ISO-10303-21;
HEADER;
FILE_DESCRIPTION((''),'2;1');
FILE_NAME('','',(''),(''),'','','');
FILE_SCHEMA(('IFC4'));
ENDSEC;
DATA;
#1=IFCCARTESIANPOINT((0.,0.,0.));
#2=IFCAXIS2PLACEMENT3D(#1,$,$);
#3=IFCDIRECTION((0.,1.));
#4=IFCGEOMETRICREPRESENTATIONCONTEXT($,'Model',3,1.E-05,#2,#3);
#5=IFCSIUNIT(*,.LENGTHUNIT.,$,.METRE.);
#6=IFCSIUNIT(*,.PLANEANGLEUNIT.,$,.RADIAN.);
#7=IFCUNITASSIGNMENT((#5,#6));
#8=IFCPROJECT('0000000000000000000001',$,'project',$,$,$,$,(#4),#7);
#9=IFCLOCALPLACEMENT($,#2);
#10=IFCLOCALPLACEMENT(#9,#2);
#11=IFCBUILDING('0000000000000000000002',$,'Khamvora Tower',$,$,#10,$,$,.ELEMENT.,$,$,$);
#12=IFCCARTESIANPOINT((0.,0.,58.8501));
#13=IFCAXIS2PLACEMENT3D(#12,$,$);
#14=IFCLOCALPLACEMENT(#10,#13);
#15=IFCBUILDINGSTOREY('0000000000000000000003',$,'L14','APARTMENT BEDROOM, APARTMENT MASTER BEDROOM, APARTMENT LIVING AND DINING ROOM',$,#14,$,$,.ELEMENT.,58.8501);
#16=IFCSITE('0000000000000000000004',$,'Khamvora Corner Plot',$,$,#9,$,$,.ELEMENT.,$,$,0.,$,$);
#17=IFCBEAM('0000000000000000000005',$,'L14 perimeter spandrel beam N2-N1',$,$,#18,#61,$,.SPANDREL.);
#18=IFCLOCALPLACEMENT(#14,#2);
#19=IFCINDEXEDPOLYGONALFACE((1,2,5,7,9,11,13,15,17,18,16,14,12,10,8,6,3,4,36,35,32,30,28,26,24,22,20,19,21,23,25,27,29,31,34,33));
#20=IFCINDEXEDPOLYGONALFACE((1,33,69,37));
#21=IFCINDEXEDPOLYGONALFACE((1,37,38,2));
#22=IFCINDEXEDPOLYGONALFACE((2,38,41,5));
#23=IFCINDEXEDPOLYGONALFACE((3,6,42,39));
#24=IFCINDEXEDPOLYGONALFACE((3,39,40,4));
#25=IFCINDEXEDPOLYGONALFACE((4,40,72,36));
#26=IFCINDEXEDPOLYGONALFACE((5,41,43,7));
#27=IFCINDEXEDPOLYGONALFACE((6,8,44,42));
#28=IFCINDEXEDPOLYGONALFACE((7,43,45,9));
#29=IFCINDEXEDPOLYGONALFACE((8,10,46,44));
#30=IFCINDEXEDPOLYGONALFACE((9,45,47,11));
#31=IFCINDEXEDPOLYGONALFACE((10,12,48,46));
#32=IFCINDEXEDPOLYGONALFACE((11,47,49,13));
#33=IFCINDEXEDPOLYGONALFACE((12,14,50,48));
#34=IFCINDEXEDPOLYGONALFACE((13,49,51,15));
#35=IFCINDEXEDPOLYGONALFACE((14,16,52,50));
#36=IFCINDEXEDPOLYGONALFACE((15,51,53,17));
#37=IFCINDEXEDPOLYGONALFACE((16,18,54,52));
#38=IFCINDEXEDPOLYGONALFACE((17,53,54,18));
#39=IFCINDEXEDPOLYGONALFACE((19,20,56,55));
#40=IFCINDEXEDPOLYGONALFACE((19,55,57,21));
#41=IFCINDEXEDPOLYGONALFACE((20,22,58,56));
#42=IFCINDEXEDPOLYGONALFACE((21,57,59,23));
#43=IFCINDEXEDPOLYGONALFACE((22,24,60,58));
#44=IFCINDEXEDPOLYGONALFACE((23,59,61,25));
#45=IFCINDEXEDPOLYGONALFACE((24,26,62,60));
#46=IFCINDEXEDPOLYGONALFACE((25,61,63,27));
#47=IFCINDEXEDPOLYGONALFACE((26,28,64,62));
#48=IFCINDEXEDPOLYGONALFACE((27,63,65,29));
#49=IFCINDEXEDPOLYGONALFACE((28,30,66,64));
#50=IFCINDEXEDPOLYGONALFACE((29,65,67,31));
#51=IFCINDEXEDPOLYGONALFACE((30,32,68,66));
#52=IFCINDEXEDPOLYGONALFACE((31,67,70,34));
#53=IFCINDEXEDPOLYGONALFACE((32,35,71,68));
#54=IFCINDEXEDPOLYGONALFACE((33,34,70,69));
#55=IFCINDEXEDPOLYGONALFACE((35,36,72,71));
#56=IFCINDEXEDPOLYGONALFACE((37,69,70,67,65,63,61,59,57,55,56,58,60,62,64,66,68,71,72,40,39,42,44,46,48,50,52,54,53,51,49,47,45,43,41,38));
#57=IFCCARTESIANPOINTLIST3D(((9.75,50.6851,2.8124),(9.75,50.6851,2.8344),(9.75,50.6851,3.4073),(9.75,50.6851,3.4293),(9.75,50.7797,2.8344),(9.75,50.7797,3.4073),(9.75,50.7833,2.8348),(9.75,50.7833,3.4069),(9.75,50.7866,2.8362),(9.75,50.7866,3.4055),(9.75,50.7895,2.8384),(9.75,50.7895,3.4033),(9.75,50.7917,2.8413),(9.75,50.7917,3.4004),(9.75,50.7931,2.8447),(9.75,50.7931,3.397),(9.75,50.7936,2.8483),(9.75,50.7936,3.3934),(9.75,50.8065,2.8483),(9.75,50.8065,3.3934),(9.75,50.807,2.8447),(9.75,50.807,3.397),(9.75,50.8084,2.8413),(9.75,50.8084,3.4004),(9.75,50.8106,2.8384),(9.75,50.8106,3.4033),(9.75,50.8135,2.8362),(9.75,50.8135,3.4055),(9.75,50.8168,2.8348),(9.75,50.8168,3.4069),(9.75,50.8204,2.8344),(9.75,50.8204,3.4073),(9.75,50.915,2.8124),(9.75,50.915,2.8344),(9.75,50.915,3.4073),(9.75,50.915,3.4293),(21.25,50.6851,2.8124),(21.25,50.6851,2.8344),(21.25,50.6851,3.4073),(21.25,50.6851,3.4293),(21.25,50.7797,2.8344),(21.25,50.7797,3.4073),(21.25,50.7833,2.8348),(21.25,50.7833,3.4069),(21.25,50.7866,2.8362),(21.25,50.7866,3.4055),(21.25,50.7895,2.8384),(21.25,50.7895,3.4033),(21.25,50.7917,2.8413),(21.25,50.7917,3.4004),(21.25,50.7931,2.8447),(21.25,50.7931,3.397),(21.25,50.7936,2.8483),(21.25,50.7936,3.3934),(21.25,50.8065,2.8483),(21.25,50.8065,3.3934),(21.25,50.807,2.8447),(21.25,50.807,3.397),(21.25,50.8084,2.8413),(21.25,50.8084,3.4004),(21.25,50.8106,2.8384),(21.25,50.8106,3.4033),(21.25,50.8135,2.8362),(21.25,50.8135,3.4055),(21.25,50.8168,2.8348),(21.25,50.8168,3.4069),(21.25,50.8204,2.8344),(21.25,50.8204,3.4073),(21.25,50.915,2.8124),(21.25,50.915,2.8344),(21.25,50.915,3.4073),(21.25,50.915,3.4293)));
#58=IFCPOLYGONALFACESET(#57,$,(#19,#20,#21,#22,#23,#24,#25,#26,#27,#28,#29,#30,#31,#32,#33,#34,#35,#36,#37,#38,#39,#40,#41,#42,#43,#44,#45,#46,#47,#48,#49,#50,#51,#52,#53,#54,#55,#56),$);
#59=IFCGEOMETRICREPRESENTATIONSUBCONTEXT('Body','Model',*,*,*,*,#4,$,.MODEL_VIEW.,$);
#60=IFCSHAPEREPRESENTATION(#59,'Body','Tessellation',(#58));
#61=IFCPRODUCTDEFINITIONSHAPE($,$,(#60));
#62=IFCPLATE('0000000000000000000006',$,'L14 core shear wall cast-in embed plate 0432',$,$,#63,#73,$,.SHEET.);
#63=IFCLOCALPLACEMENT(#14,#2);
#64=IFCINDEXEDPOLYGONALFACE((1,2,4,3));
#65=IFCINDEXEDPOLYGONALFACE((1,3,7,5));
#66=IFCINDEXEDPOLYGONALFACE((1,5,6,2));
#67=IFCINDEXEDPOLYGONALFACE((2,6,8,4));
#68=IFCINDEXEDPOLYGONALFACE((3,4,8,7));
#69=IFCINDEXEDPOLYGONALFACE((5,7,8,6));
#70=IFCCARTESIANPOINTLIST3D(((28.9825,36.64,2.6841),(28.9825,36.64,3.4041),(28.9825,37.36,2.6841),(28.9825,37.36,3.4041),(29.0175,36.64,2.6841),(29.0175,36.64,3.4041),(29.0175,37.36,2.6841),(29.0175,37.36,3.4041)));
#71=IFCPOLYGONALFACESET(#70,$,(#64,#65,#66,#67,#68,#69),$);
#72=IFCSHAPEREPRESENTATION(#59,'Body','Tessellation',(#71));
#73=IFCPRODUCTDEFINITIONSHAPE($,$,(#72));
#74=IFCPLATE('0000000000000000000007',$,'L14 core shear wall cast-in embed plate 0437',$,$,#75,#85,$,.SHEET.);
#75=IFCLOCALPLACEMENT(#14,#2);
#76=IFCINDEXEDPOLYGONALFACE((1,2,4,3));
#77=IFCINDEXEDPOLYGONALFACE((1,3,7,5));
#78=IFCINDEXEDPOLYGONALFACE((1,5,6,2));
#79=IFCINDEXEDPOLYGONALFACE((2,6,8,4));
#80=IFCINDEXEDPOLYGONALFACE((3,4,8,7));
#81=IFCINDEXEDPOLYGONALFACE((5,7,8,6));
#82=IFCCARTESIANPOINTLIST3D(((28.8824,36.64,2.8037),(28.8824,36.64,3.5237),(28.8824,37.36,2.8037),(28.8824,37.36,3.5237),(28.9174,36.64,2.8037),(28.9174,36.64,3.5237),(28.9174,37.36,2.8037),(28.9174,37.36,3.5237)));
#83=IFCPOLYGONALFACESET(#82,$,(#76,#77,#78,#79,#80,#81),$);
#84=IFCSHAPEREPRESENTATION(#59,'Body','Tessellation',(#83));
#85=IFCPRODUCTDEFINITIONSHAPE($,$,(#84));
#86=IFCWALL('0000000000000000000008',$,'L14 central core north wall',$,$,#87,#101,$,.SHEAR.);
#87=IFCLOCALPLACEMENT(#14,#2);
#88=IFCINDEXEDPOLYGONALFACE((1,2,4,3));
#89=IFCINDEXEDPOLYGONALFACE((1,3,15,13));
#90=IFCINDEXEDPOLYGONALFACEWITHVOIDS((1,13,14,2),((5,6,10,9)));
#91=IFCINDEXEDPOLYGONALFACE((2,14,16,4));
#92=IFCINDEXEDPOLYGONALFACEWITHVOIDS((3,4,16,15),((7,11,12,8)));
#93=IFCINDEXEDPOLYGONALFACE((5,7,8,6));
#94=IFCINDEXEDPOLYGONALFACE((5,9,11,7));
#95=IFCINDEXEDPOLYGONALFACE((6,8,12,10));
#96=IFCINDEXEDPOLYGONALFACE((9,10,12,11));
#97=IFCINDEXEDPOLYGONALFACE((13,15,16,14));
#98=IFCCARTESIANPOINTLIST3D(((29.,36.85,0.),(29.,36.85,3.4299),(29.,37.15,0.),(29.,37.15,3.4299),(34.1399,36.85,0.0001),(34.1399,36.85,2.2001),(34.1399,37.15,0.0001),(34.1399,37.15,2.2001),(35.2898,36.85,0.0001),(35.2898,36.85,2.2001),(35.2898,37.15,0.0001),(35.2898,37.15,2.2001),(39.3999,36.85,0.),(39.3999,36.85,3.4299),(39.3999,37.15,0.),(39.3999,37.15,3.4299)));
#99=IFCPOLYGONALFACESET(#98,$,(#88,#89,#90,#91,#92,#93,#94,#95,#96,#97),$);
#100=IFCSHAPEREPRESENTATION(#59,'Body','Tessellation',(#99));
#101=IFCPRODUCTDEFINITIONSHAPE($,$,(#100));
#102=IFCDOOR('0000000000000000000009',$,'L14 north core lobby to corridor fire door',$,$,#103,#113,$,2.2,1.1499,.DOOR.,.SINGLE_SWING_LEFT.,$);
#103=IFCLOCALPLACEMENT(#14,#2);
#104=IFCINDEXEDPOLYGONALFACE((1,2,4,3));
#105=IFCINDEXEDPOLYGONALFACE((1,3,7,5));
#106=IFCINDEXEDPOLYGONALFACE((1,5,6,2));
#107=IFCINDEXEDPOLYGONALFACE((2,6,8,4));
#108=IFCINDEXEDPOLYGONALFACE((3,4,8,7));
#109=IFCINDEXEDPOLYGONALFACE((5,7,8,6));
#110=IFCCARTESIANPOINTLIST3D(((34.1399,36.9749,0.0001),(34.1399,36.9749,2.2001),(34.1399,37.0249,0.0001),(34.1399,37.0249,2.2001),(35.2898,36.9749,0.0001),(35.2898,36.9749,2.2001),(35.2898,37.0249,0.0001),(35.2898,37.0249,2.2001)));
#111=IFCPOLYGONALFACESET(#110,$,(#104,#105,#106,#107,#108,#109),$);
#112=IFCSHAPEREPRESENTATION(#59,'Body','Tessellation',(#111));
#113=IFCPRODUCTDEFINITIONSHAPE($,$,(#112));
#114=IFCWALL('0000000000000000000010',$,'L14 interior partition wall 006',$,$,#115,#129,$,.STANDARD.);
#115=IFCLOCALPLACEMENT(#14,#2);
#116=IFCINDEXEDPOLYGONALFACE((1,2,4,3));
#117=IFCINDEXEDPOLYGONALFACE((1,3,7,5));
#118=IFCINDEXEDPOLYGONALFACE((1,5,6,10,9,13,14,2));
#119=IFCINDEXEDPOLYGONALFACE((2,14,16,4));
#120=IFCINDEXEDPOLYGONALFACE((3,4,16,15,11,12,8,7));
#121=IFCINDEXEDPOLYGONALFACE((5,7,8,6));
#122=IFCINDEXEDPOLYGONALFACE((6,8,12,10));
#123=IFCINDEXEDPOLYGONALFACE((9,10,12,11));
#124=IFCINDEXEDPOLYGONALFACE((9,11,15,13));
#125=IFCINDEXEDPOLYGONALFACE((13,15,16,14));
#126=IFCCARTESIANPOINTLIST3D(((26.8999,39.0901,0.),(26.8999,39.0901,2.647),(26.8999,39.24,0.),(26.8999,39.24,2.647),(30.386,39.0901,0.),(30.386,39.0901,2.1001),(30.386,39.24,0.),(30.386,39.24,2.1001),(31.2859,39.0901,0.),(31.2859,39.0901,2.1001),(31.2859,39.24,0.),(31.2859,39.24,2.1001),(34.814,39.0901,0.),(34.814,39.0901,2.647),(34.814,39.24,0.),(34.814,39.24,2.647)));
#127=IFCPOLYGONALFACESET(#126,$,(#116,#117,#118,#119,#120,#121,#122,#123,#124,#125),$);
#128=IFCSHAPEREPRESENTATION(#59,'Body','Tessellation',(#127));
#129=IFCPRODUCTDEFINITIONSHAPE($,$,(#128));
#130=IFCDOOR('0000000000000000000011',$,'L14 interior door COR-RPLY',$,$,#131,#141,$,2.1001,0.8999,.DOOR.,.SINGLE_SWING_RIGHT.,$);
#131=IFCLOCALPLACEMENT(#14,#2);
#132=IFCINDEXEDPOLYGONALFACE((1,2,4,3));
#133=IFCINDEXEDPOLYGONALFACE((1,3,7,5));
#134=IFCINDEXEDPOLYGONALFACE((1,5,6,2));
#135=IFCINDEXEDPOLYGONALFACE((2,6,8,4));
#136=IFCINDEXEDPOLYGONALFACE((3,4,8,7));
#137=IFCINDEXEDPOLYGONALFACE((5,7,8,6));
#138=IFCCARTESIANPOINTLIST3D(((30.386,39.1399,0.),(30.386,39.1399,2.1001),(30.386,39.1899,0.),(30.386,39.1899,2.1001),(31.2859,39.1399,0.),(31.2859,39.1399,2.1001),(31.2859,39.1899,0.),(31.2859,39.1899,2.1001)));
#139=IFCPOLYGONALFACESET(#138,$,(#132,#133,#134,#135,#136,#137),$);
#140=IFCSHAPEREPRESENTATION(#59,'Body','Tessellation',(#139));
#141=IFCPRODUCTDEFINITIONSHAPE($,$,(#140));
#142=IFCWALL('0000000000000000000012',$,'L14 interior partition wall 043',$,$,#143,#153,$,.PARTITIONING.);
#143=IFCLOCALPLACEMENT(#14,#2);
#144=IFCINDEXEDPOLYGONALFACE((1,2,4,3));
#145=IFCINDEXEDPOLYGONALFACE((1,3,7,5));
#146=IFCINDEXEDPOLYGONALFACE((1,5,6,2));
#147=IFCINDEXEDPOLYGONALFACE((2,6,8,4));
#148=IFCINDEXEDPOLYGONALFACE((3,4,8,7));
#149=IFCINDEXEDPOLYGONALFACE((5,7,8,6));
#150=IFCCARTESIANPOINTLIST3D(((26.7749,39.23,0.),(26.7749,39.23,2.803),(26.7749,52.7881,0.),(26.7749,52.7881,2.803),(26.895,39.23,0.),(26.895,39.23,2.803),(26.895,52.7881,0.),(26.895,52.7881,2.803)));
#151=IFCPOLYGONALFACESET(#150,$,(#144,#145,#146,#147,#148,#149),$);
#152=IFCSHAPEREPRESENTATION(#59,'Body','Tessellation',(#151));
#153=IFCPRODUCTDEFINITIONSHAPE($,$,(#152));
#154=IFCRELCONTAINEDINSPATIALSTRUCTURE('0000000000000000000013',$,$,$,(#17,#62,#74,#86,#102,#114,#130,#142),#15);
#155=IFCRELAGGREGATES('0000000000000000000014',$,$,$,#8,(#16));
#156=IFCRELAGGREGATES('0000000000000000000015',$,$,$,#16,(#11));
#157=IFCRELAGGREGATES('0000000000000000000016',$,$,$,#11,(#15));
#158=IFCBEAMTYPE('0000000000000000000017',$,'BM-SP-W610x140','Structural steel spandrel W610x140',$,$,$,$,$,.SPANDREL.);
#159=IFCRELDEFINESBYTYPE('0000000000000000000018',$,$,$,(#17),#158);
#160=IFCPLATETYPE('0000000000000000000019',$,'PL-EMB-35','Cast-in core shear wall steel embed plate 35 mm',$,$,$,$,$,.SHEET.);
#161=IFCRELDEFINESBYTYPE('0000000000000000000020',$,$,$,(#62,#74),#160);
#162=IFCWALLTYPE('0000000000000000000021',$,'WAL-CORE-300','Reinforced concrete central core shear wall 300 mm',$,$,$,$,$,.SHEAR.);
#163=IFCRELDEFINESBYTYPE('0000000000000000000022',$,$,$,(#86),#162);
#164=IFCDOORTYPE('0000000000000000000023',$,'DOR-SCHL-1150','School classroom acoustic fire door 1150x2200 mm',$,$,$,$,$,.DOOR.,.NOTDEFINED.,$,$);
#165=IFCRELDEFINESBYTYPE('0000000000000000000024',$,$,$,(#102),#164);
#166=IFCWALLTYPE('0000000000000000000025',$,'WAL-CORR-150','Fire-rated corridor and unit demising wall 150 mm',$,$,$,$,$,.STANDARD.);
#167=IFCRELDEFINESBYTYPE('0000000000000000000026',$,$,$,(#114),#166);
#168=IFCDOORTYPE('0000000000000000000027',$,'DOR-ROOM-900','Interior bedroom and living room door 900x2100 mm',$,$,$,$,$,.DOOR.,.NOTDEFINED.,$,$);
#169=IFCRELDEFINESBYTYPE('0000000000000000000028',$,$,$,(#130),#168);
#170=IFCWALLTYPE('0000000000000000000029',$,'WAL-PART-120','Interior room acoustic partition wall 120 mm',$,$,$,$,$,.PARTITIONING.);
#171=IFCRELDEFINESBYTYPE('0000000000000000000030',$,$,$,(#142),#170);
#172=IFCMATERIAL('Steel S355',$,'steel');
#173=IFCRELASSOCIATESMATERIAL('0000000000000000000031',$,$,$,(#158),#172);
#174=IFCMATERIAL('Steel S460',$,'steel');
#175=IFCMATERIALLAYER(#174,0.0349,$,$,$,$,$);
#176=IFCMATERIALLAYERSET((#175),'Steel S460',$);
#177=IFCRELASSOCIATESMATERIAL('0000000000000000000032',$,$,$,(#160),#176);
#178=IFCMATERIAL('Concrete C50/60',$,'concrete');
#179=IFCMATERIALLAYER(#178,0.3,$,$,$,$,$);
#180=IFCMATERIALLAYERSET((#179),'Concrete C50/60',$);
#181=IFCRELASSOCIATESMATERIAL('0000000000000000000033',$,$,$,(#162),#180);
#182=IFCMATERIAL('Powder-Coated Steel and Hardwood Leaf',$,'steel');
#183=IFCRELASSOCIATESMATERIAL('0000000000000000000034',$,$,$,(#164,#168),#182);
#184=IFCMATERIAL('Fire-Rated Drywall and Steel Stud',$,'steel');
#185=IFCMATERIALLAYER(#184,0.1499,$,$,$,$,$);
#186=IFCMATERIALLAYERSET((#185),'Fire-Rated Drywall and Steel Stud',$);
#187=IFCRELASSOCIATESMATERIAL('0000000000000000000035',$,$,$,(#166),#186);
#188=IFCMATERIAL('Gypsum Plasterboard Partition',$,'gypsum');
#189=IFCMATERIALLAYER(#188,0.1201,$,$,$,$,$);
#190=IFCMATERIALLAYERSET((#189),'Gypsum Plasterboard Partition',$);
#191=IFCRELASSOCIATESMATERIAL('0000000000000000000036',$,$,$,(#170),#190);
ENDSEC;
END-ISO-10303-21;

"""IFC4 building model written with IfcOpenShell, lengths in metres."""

from ifc_helpers import new_model, si_unit, direction, frame, frame_2d, origin, origin_2d, place, context, subcontext, project, spatial, rectangle, i_section, extrude, material, layer, layer_set, material_profile, profile_set, type_object, element, fill, save


model = new_model("IFC4")

# Units and contexts
model_context = context("Model", 3, precision=1e-05, world=origin(), true_north=direction((0.0, 1.0)))
body_context = subcontext(model_context, "Body", "Model", "MODEL_VIEW")
ifc_project = project(units=[si_unit("LENGTHUNIT", "METRE"), si_unit("PLANEANGLEUNIT", "RADIAN")], contexts=[model_context])

# Site, building, storey
site_placement = place(None, origin())
site = spatial("IfcSite", under=ifc_project, at=site_placement, Name="Khamvora Corner Plot", CompositionType="ELEMENT", RefElevation=0.0)
building_placement = place(site_placement, origin())
building = spatial("IfcBuilding", under=site, at=building_placement, Name="Khamvora Tower", CompositionType="ELEMENT")
storey_placement = place(building_placement, frame((0.0, 0.0, 58.8501)))
storey = spatial("IfcBuildingStorey", under=building, at=storey_placement, Name="L14", Description="APARTMENT BEDROOM, APARTMENT MASTER BEDROOM, APARTMENT LIVING AND DINING ROOM", CompositionType="ELEMENT", Elevation=58.8501)

# Shared definitions
ifc_material_1 = material(Name="Steel S460", Category="steel")

# Beam
ifc_material_2 = material(Name="Steel S355", Category="steel")
ifc_material_profile_1 = material_profile(ifc_material_2, i_section(OverallWidth=0.23, OverallDepth=0.6169, WebThickness=0.0129, FlangeThickness=0.022, FilletRadius=0.0139, at=origin_2d()), Name="W610x140")
ifc_profile_set_1 = profile_set([ifc_material_profile_1], Name="Steel S355")
beam_type_1 = type_object("IfcBeamType", Name="BM-SP-W610x140", Description="Structural steel spandrel W610x140", PredefinedType="SPANDREL", material=ifc_profile_set_1)
beam_1_placement = place(storey_placement, frame((21.25, 50.8, 3.1208), z_axis=(-1.0, 0.0, 0.0), x_axis=(0.0, -1.0, 0.0)))
element("IfcBeam", 1, at=beam_1_placement, inside=storey, type_object=beam_type_1, Name="L14 perimeter spandrel beam N2-N1", PredefinedType="SPANDREL", context=body_context, shape_type="SweptSolid", body=[
    extrude(i_section(OverallWidth=0.23, OverallDepth=0.6169, WebThickness=0.0129, FlangeThickness=0.022, FilletRadius=0.0139, at=origin_2d()), origin(), (0.0, 0.0, 1.0), 11.5),
])

# Plates
ifc_layer_1 = layer(ifc_material_1, 0.0349)
ifc_layer_set_1 = layer_set([ifc_layer_1], Name="Steel S460")
plate_type = type_object("IfcPlateType", Name="PL-EMB-35", Description="Cast-in core shear wall steel embed plate 35 mm", PredefinedType="SHEET", material=ifc_layer_set_1)
for number, where, z_axis, x_axis, name in (
    (2, (29.0, 37.0, 2.6841), (0.0, 0.0, 1.0), (1.0, 0.0, 0.0), "L14 core shear wall cast-in embed plate 0432"),
    (3, (28.8999, 37.0, 2.8037), (0.0, 0.0, 1.0), (1.0, 0.0, 0.0), "L14 core shear wall cast-in embed plate 0437"),
):
    element("IfcPlate", number, at=place(storey_placement, frame(where, z_axis=z_axis, x_axis=x_axis)), inside=storey, type_object=plate_type, Name=name, PredefinedType="SHEET", context=body_context, shape_type="SweptSolid", body=[
        extrude(rectangle(XDim=0.0349, YDim=0.72, at=origin_2d()), origin(), (0.0, 0.0, 1.0), 0.72),
    ])

# Walls, openings, doors
ifc_material_3 = material(Name="Concrete C50/60", Category="concrete")
ifc_layer_2 = layer(ifc_material_3, 0.3)
ifc_layer_set_2 = layer_set([ifc_layer_2], Name="Concrete C50/60")
wall_type_1 = type_object("IfcWallType", Name="WAL-CORE-300", Description="Reinforced concrete central core shear wall 300 mm", PredefinedType="SHEAR", material=ifc_layer_set_2)
wall_1_placement = place(storey_placement, frame((29.0, 37.0, 0.0), z_axis=(0.0, 0.0, 1.0), x_axis=(1.0, 0.0, 0.0)))
wall_1 = element("IfcWall", 4, at=wall_1_placement, inside=storey, type_object=wall_type_1, Name="L14 central core north wall", PredefinedType="SHEAR", context=body_context, shape_type="SweptSolid", body=[
    extrude(rectangle(XDim=10.3999, YDim=0.3, at=frame_2d((5.2, 0.0))), origin(), (0.0, 0.0, 1.0), 3.4299),
])
opening_1_placement = place(wall_1_placement, frame((5.1399, 0.0, 0.0)))
opening_1 = element("IfcOpeningElement", 5, at=opening_1_placement, cuts=wall_1, PredefinedType="OPENING", context=body_context, shape_type="SweptSolid", body=[
    extrude(rectangle(XDim=1.1499, YDim=2.2, at=frame_2d((0.575, 1.1001))), frame((0.0, 0.1599, 0.0), z_axis=(0.0, -1.0, 0.0), x_axis=(1.0, 0.0, 0.0)), (0.0, 0.0, 1.0), 0.3201),
])
ifc_material_4 = material(Name="Powder-Coated Steel and Hardwood Leaf", Category="steel")
door_type_1 = type_object("IfcDoorType", Name="DOR-SCHL-1150", Description="School classroom acoustic fire door 1150x2200 mm", OperationType="NOTDEFINED", PredefinedType="DOOR", material=ifc_material_4)
door_1_placement = place(opening_1_placement, origin())
door_1 = element("IfcDoor", 6, at=door_1_placement, inside=storey, type_object=door_type_1, Name="L14 north core lobby to corridor fire door", OperationType="SINGLE_SWING_LEFT", OverallHeight=2.2, OverallWidth=1.1499, PredefinedType="DOOR", context=body_context, shape_type="SweptSolid", body=[
    extrude(rectangle(XDim=1.1499, YDim=2.2, at=frame_2d((0.575, 1.1001))), frame((0.0, 0.0249, 0.0), z_axis=(0.0, -1.0, 0.0), x_axis=(1.0, 0.0, 0.0)), (0.0, 0.0, 1.0), 0.05),
])
fill(opening_1, door_1)
ifc_material_5 = material(Name="Fire-Rated Drywall and Steel Stud", Category="steel")
ifc_layer_3 = layer(ifc_material_5, 0.1499)
ifc_layer_set_3 = layer_set([ifc_layer_3], Name="Fire-Rated Drywall and Steel Stud")
wall_type_2 = type_object("IfcWallType", Name="WAL-CORR-150", Description="Fire-rated corridor and unit demising wall 150 mm", PredefinedType="STANDARD", material=ifc_layer_set_3)
wall_2_placement = place(storey_placement, frame((26.8999, 39.165, 0.0), z_axis=(0.0, 0.0, 1.0), x_axis=(1.0, 0.0, 0.0)))
wall_2 = element("IfcWall", 7, at=wall_2_placement, inside=storey, type_object=wall_type_2, Name="L14 interior partition wall 006", PredefinedType="STANDARD", context=body_context, shape_type="SweptSolid", body=[
    extrude(rectangle(XDim=7.9141, YDim=0.1499, at=frame_2d((3.957, 0.0))), origin(), (0.0, 0.0, 1.0), 2.647),
])
opening_2_placement = place(wall_2_placement, frame((3.4861, 0.0, 0.0)))
opening_2 = element("IfcOpeningElement", 8, at=opening_2_placement, cuts=wall_2, PredefinedType="OPENING", context=body_context, shape_type="SweptSolid", body=[
    extrude(rectangle(XDim=0.8999, YDim=2.1001, at=frame_2d((0.45, 1.05))), frame((0.0, 0.085, 0.0), z_axis=(0.0, -1.0, 0.0), x_axis=(1.0, 0.0, 0.0)), (0.0, 0.0, 1.0), 0.1699),
])
door_type_2 = type_object("IfcDoorType", Name="DOR-ROOM-900", Description="Interior bedroom and living room door 900x2100 mm", OperationType="NOTDEFINED", PredefinedType="DOOR", material=ifc_material_4)
door_2_placement = place(opening_2_placement, origin())
door_2 = element("IfcDoor", 9, at=door_2_placement, inside=storey, type_object=door_type_2, Name="L14 interior door COR-RPLY", OperationType="SINGLE_SWING_RIGHT", OverallHeight=2.1001, OverallWidth=0.8999, PredefinedType="DOOR", context=body_context, shape_type="SweptSolid", body=[
    extrude(rectangle(XDim=0.8999, YDim=2.1001, at=frame_2d((0.45, 1.05))), frame((0.0, 0.0249, 0.0), z_axis=(0.0, -1.0, 0.0), x_axis=(1.0, 0.0, 0.0)), (0.0, 0.0, 1.0), 0.05),
])
fill(opening_2, door_2)

# Wall
ifc_material_6 = material(Name="Gypsum Plasterboard Partition", Category="gypsum")
ifc_layer_4 = layer(ifc_material_6, 0.1201)
ifc_layer_set_4 = layer_set([ifc_layer_4], Name="Gypsum Plasterboard Partition")
wall_type_3 = type_object("IfcWallType", Name="WAL-PART-120", Description="Interior room acoustic partition wall 120 mm", PredefinedType="PARTITIONING", material=ifc_layer_set_4)
wall_3_placement = place(storey_placement, frame((26.835, 39.23, 0.0), z_axis=(0.0, 0.0, 1.0), x_axis=(0.0, 1.0, 0.0)))
element("IfcWall", 10, at=wall_3_placement, inside=storey, type_object=wall_type_3, Name="L14 interior partition wall 043", PredefinedType="PARTITIONING", context=body_context, shape_type="SweptSolid", body=[
    extrude(rectangle(XDim=13.5581, YDim=0.1201, at=frame_2d((6.7791, 0.0))), origin(), (0.0, 0.0, 1.0), 2.803),
])

save(model, "model.ifc")
